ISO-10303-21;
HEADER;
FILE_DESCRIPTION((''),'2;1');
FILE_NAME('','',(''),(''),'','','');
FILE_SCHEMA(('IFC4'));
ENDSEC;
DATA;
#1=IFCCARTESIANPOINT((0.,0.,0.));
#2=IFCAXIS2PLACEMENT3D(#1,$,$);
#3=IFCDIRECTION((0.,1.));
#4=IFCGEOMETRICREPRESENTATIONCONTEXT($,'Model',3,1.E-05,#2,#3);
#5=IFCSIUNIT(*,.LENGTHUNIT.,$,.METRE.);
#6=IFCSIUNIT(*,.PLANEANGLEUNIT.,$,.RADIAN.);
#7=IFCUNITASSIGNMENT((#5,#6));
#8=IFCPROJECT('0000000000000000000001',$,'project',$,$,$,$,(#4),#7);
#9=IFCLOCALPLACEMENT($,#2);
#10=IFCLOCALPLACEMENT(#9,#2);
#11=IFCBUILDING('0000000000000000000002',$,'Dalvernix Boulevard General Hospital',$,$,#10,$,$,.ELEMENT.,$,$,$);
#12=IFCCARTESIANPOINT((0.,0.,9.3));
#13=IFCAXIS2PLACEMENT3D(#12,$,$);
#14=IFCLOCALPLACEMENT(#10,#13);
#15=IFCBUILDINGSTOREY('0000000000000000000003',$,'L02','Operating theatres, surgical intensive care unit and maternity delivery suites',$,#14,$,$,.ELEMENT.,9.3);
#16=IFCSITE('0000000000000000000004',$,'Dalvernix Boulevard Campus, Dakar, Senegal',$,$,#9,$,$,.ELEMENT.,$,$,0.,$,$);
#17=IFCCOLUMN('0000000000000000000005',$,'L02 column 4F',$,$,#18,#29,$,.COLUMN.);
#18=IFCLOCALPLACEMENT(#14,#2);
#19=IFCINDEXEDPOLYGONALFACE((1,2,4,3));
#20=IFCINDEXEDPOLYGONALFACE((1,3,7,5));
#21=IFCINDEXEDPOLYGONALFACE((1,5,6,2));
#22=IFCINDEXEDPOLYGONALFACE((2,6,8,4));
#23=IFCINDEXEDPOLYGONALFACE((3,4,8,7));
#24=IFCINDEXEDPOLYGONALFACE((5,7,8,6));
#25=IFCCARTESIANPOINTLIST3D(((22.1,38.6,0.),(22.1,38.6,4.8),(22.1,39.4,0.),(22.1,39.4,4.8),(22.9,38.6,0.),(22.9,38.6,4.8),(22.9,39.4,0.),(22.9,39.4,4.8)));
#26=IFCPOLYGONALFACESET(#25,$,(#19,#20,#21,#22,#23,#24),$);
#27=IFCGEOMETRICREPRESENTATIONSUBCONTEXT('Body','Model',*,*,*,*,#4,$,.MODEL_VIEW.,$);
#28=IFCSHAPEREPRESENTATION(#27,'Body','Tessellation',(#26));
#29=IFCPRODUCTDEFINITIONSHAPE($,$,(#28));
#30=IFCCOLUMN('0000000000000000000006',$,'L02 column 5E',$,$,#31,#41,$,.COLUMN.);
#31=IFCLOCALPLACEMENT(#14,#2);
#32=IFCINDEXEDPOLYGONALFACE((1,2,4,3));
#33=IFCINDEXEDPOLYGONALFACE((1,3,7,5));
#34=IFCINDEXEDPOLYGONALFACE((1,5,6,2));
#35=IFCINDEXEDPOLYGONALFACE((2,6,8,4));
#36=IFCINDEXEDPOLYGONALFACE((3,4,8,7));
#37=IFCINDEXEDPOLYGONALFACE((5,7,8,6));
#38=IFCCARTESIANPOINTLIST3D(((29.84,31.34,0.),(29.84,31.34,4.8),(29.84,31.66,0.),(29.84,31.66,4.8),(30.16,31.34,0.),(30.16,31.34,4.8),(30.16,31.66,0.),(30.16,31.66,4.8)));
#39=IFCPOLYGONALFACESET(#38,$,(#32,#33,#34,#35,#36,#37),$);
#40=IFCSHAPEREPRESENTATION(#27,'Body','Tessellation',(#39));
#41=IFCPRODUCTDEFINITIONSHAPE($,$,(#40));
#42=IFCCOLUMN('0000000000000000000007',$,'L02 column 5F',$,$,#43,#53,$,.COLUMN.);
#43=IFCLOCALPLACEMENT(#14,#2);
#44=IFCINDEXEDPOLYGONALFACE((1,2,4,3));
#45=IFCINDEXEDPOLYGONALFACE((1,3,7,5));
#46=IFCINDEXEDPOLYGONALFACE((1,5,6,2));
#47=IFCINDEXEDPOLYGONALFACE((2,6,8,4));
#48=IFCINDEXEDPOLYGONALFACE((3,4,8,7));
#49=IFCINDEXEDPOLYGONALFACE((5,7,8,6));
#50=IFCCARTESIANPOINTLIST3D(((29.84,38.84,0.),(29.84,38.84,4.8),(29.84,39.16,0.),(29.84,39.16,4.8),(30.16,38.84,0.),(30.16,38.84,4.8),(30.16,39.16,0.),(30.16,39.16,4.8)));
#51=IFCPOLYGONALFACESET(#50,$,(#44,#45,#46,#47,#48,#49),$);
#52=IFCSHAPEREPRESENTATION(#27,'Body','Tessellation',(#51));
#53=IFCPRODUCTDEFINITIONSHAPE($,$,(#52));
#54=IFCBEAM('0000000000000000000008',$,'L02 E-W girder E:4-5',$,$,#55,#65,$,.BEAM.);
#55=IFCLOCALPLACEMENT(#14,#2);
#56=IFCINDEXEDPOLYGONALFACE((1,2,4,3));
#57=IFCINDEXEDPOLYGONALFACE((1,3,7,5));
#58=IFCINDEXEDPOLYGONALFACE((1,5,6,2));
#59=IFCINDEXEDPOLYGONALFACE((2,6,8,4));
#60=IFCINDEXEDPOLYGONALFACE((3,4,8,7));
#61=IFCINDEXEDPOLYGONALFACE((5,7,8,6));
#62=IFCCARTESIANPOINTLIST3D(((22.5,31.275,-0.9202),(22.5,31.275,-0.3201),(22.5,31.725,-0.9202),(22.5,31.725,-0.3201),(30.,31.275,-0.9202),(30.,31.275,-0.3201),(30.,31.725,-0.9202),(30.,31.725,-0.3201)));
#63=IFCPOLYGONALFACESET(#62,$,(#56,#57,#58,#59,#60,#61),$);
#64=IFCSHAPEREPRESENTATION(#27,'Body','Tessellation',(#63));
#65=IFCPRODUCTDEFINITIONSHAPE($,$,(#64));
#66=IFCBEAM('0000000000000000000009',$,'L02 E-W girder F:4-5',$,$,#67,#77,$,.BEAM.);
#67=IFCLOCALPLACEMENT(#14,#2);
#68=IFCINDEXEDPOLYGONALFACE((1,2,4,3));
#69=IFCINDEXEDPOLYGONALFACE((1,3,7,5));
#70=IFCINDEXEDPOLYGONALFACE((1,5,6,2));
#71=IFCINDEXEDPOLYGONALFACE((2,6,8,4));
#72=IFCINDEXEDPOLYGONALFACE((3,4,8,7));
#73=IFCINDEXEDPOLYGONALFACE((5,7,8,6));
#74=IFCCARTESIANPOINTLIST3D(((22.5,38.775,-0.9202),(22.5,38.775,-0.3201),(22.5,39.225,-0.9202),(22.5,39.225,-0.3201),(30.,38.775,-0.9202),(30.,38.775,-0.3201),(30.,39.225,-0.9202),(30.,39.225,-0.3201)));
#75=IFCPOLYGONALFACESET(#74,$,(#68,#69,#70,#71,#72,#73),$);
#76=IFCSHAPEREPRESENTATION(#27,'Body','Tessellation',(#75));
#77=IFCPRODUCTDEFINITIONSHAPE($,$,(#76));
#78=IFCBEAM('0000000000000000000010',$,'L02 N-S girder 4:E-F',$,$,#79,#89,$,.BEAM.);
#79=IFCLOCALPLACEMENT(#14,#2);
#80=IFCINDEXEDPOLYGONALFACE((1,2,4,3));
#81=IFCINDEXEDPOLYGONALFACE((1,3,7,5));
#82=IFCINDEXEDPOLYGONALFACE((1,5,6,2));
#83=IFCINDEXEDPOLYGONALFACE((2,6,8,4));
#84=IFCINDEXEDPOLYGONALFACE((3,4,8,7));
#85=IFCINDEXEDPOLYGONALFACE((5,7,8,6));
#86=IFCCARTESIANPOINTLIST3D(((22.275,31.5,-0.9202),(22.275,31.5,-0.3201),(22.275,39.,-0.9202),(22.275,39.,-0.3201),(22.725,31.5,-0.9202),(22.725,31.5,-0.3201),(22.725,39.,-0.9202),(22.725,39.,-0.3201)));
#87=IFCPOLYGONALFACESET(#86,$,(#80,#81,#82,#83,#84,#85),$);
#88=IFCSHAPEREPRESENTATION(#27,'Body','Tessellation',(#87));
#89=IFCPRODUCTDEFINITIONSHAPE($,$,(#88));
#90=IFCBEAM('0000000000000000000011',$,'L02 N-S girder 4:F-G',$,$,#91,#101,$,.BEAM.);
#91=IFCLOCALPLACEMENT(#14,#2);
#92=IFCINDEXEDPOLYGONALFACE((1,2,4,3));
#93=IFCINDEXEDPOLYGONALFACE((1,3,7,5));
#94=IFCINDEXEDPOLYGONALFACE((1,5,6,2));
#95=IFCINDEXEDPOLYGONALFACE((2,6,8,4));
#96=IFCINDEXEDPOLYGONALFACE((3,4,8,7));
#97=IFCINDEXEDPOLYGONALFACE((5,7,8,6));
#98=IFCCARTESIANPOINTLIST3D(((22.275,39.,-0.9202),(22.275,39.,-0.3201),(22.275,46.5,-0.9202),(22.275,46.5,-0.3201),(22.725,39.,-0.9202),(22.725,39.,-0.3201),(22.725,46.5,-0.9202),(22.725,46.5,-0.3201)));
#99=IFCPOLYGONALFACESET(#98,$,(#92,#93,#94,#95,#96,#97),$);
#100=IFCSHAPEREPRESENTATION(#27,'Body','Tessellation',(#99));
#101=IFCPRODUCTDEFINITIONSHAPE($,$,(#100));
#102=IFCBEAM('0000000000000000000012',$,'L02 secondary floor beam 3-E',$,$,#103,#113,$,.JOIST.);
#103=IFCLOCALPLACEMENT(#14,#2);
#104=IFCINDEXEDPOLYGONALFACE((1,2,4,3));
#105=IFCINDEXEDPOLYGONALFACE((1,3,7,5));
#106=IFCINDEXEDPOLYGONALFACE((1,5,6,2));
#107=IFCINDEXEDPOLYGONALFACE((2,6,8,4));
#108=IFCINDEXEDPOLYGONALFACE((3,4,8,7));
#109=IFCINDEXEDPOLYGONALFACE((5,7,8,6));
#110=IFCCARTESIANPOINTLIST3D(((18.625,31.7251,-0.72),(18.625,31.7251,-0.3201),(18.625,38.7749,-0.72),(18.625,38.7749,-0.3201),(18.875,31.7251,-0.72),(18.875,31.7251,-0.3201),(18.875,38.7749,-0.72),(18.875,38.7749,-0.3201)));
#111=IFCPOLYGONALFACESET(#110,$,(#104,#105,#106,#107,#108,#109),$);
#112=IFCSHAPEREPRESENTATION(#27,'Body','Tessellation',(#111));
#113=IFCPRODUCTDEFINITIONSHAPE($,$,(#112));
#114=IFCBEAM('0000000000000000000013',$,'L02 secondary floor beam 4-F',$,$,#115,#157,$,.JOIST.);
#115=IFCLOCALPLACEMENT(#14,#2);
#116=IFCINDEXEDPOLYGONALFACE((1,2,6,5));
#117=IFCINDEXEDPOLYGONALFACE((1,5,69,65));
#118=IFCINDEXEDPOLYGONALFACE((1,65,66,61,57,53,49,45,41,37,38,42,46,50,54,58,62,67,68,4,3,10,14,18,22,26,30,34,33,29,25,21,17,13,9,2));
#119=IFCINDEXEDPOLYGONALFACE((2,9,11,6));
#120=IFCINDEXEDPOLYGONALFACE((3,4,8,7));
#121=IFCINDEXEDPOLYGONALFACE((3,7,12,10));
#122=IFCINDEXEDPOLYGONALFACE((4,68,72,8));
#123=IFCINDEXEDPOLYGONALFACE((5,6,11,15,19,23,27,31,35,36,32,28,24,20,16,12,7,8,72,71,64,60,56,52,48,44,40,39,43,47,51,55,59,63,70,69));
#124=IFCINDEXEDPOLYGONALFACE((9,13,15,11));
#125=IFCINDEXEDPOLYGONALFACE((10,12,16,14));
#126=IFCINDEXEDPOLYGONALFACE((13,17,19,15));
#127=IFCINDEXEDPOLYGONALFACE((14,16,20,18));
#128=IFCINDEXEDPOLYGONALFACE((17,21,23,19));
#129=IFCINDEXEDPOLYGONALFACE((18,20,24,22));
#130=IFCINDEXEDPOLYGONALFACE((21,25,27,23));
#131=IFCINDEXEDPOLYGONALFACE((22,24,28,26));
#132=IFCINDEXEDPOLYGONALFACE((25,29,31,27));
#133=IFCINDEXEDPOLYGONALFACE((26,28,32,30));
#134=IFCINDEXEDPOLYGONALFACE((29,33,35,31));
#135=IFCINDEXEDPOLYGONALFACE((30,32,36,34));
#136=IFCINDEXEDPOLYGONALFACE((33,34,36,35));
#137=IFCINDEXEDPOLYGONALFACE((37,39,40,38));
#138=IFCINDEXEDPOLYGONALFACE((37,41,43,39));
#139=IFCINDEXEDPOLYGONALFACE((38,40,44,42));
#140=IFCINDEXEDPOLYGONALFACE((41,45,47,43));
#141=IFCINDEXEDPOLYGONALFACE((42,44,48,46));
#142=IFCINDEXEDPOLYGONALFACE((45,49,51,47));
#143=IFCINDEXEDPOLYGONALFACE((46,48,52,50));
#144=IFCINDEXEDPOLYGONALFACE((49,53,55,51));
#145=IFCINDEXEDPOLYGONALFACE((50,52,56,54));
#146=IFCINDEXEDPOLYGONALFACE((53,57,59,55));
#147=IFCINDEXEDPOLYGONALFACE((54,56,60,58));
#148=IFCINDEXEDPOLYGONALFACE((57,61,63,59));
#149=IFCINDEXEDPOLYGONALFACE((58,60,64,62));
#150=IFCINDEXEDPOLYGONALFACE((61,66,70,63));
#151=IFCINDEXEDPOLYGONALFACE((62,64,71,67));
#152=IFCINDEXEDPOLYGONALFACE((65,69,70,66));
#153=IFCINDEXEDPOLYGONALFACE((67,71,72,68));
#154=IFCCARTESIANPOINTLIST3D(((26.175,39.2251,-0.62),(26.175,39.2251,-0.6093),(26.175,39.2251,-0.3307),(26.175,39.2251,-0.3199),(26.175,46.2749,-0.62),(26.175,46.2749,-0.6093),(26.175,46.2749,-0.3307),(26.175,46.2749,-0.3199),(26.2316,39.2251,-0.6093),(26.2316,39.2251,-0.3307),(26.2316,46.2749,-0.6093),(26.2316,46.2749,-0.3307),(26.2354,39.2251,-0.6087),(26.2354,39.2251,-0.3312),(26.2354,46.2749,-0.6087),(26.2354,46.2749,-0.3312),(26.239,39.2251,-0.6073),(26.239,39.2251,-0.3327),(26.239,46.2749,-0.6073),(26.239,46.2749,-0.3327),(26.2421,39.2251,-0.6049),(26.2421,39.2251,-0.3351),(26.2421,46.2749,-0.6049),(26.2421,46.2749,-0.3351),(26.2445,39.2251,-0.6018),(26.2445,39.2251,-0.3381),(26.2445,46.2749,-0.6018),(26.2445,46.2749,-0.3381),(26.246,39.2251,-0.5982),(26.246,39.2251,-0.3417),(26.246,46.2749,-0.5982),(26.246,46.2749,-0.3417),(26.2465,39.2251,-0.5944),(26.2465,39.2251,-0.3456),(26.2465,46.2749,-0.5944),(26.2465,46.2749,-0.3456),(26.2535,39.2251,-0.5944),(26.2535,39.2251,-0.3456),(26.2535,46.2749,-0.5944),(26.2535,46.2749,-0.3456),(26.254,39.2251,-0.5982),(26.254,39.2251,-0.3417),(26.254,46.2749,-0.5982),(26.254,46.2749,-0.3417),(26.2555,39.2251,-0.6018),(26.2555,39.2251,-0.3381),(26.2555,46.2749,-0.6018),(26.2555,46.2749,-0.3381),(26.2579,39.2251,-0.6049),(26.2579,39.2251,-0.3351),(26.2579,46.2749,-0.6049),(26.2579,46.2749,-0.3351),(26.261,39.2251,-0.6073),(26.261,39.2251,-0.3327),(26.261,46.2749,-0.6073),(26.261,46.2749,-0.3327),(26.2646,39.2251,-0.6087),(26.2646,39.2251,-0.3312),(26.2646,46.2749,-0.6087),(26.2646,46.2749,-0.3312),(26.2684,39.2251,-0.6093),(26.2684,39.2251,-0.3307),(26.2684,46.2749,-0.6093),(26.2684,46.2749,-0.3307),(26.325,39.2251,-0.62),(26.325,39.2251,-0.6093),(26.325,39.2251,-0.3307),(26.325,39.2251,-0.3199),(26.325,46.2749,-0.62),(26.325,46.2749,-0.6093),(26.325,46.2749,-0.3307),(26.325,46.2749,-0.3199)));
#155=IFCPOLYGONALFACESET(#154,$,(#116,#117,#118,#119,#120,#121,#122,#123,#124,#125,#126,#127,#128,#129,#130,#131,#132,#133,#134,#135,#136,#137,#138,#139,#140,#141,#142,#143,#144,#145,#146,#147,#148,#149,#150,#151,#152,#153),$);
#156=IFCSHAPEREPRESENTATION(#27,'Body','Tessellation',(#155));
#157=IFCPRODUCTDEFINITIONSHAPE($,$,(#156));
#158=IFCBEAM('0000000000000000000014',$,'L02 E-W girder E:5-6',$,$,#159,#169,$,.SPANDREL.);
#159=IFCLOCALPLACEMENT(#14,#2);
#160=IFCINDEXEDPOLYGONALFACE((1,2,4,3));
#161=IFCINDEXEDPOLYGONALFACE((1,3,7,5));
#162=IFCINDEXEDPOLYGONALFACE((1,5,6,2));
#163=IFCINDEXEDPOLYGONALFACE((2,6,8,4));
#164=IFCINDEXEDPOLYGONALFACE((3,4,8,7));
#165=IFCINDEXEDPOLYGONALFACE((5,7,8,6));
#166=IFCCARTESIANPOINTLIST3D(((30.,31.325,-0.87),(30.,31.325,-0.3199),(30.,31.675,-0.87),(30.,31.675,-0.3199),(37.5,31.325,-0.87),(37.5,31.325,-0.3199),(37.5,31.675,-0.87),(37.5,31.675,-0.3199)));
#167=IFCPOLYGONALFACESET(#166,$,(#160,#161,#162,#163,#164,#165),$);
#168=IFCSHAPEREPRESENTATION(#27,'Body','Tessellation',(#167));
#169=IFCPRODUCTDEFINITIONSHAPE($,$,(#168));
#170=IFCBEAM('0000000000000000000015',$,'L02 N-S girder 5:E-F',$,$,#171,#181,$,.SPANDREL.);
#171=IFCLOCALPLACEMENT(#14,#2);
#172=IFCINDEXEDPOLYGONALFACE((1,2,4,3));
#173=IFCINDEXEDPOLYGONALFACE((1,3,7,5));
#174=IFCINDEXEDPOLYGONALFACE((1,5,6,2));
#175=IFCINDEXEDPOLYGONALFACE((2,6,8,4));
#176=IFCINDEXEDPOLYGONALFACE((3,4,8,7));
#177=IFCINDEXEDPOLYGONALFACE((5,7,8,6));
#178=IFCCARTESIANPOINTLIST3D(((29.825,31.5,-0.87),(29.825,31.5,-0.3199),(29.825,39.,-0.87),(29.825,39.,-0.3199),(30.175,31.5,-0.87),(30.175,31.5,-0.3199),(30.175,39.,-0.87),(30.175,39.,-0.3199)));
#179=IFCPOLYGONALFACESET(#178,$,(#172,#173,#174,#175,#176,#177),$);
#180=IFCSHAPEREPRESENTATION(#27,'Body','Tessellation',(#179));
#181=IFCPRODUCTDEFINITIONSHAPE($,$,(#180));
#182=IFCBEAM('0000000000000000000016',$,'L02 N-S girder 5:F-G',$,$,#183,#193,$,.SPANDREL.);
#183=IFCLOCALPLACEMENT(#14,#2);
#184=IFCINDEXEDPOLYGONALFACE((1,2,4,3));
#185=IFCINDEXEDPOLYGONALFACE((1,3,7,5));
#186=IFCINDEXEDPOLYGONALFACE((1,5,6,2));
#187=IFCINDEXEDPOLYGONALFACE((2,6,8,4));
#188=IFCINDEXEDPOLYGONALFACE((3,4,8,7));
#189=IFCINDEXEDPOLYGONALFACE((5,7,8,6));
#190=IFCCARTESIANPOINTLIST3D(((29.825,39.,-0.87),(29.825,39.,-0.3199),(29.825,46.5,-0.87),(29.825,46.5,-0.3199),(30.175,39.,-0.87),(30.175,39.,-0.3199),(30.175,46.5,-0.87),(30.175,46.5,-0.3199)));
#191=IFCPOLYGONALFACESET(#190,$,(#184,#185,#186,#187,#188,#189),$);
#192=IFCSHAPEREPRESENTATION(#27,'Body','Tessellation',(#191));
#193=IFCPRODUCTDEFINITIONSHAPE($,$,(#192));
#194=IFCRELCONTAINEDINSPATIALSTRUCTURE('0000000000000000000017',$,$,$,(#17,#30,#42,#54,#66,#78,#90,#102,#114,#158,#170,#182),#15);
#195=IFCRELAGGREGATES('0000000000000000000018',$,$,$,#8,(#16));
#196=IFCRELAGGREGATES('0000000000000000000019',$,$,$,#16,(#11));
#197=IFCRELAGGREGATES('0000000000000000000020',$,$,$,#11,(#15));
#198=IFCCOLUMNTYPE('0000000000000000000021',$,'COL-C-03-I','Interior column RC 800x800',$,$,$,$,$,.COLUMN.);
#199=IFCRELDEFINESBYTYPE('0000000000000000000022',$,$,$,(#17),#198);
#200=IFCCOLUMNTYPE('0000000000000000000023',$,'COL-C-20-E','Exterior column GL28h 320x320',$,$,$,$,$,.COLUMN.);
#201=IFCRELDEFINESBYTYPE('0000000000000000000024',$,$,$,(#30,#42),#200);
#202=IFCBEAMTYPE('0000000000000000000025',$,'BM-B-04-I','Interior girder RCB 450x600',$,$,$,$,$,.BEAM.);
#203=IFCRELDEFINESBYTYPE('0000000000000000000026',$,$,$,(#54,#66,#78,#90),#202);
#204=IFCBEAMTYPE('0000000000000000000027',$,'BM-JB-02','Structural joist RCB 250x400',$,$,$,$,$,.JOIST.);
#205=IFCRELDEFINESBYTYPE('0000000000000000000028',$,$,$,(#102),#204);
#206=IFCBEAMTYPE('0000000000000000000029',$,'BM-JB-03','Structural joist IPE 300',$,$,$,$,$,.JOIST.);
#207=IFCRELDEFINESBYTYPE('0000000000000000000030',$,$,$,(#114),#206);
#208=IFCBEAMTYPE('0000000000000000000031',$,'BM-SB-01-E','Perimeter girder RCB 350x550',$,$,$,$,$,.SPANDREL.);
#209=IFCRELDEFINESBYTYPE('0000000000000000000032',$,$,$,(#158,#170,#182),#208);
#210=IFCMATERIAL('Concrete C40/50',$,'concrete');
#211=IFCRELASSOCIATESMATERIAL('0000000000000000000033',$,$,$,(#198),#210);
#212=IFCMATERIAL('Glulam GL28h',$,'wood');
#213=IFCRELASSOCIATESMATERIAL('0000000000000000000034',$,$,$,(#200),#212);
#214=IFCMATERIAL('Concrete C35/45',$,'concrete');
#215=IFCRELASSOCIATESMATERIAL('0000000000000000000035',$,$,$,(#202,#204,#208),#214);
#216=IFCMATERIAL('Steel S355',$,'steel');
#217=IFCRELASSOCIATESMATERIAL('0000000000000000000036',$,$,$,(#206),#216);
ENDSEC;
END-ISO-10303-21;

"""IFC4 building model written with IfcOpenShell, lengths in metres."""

from ifc_helpers import new_model, si_unit, direction, frame, origin, origin_2d, place, context, subcontext, project, spatial, rectangle, i_section, extrude, material, material_profile, profile_set, type_object, element, save


model = new_model("IFC4")

# Units and contexts
model_context = context("Model", 3, precision=1e-05, world=origin(), true_north=direction((0.0, 1.0)))
body_context = subcontext(model_context, "Body", "Model", "MODEL_VIEW")
ifc_project = project(units=[si_unit("LENGTHUNIT", "METRE"), si_unit("PLANEANGLEUNIT", "RADIAN")], contexts=[model_context])

# Site, building, storey
site_placement = place(None, origin())
site = spatial("IfcSite", under=ifc_project, at=site_placement, Name="Dalvernix Boulevard Campus, Dakar, Senegal", CompositionType="ELEMENT", RefElevation=0.0)
building_placement = place(site_placement, origin())
building = spatial("IfcBuilding", under=site, at=building_placement, Name="Dalvernix Boulevard General Hospital", CompositionType="ELEMENT")
storey_placement = place(building_placement, frame((0.0, 0.0, 9.3)))
storey = spatial("IfcBuildingStorey", under=building, at=storey_placement, Name="L02", Description="Operating theatres, surgical intensive care unit and maternity delivery suites", CompositionType="ELEMENT", Elevation=9.3)

# Columns
ifc_material_1 = material(Name="Concrete C40/50", Category="concrete")
ifc_material_profile_1 = material_profile(ifc_material_1, rectangle(XDim=0.8, YDim=0.8, at=origin_2d()), Name="RC 800x800")
ifc_profile_set_1 = profile_set([ifc_material_profile_1], Name="Concrete C40/50")
column_type_1 = type_object("IfcColumnType", Name="COL-C-03-I", Description="Interior column RC 800x800", PredefinedType="COLUMN", material=ifc_profile_set_1)
column_placement = place(storey_placement, frame((22.5, 39.0, 0.0), z_axis=(0.0, 0.0, 1.0), x_axis=(1.0, 0.0, 0.0)))
element("IfcColumn", 1, at=column_placement, inside=storey, type_object=column_type_1, Name="L02 column 4F", PredefinedType="COLUMN", context=body_context, shape_type="SweptSolid", body=[
    extrude(rectangle(XDim=0.8, YDim=0.8, at=origin_2d()), origin(), (0.0, 0.0, 1.0), 4.8),
])
ifc_material_2 = material(Name="Glulam GL28h", Category="wood")
ifc_material_profile_2 = material_profile(ifc_material_2, rectangle(XDim=0.3201, YDim=0.3201, at=origin_2d()), Name="GL28h 320x320")
ifc_profile_set_2 = profile_set([ifc_material_profile_2], Name="Glulam GL28h")
column_type_2 = type_object("IfcColumnType", Name="COL-C-20-E", Description="Exterior column GL28h 320x320", PredefinedType="COLUMN", material=ifc_profile_set_2)
for number, where, z_axis, x_axis, name in (
    (2, (30.0, 31.5, 0.0), (0.0, 0.0, 1.0), (1.0, 0.0, 0.0), "L02 column 5E"),
    (3, (30.0, 39.0, 0.0), (0.0, 0.0, 1.0), (1.0, 0.0, 0.0), "L02 column 5F"),
):
    element("IfcColumn", number, at=place(storey_placement, frame(where, z_axis=z_axis, x_axis=x_axis)), inside=storey, type_object=column_type_2, Name=name, PredefinedType="COLUMN", context=body_context, shape_type="SweptSolid", body=[
        extrude(rectangle(XDim=0.3201, YDim=0.3201, at=origin_2d()), origin(), (0.0, 0.0, 1.0), 4.8),
    ])

# Beams
ifc_material_3 = material(Name="Concrete C35/45", Category="concrete")
ifc_material_profile_3 = material_profile(ifc_material_3, rectangle(XDim=0.45, YDim=0.6001, at=origin_2d()), Name="RCB 450x600")
ifc_profile_set_3 = profile_set([ifc_material_profile_3], Name="Concrete C35/45")
beam_type_1 = type_object("IfcBeamType", Name="BM-B-04-I", Description="Interior girder RCB 450x600", PredefinedType="BEAM", material=ifc_profile_set_3)
for number, where, z_axis, x_axis, name in (
    (4, (22.5, 31.5, -0.6201), (1.0, 0.0, 0.0), (0.0, 1.0, 0.0), "L02 E-W girder E:4-5"),
    (5, (22.5, 39.0, -0.6201), (1.0, 0.0, 0.0), (0.0, 1.0, 0.0), "L02 E-W girder F:4-5"),
    (6, (22.5, 31.5, -0.6201), (0.0, 1.0, 0.0), (-1.0, 0.0, 0.0), "L02 N-S girder 4:E-F"),
    (7, (22.5, 39.0, -0.6201), (0.0, 1.0, 0.0), (-1.0, 0.0, 0.0), "L02 N-S girder 4:F-G"),
):
    element("IfcBeam", number, at=place(storey_placement, frame(where, z_axis=z_axis, x_axis=x_axis)), inside=storey, type_object=beam_type_1, Name=name, PredefinedType="BEAM", context=body_context, shape_type="SweptSolid", body=[
        extrude(rectangle(XDim=0.45, YDim=0.6001, at=origin_2d()), origin(), (0.0, 0.0, 1.0), 7.5),
    ])
ifc_material_profile_4 = material_profile(ifc_material_3, rectangle(XDim=0.25, YDim=0.3999, at=origin_2d()), Name="RCB 250x400")
ifc_profile_set_4 = profile_set([ifc_material_profile_4], Name="Concrete C35/45")
beam_type_2 = type_object("IfcBeamType", Name="BM-JB-02", Description="Structural joist RCB 250x400", PredefinedType="JOIST", material=ifc_profile_set_4)
beam_1_placement = place(storey_placement, frame((18.75, 31.7251, -0.52), z_axis=(0.0, 1.0, 0.0), x_axis=(-1.0, 0.0, 0.0)))
element("IfcBeam", 8, at=beam_1_placement, inside=storey, type_object=beam_type_2, Name="L02 secondary floor beam 3-E", PredefinedType="JOIST", context=body_context, shape_type="SweptSolid", body=[
    extrude(rectangle(XDim=0.25, YDim=0.3999, at=origin_2d()), origin(), (0.0, 0.0, 1.0), 7.0498),
])
ifc_material_4 = material(Name="Steel S355", Category="steel")
ifc_material_profile_5 = material_profile(ifc_material_4, i_section(OverallWidth=0.1499, OverallDepth=0.3, WebThickness=0.0071, FlangeThickness=0.0107, FilletRadius=0.0149, at=origin_2d()), Name="IPE 300")
ifc_profile_set_5 = profile_set([ifc_material_profile_5], Name="Steel S355")
beam_type_3 = type_object("IfcBeamType", Name="BM-JB-03", Description="Structural joist IPE 300", PredefinedType="JOIST", material=ifc_profile_set_5)
beam_2_placement = place(storey_placement, frame((26.25, 39.2251, -0.47), z_axis=(0.0, 1.0, 0.0), x_axis=(-1.0, 0.0, 0.0)))
element("IfcBeam", 9, at=beam_2_placement, inside=storey, type_object=beam_type_3, Name="L02 secondary floor beam 4-F", PredefinedType="JOIST", context=body_context, shape_type="SweptSolid", body=[
    extrude(i_section(OverallWidth=0.1499, OverallDepth=0.3, WebThickness=0.0071, FlangeThickness=0.0107, FilletRadius=0.0149, at=origin_2d()), origin(), (0.0, 0.0, 1.0), 7.0498),
])
ifc_material_profile_6 = material_profile(ifc_material_3, rectangle(XDim=0.3501, YDim=0.55, at=origin_2d()), Name="RCB 350x550")
ifc_profile_set_6 = profile_set([ifc_material_profile_6], Name="Concrete C35/45")
beam_type_4 = type_object("IfcBeamType", Name="BM-SB-01-E", Description="Perimeter girder RCB 350x550", PredefinedType="SPANDREL", material=ifc_profile_set_6)
for number, where, z_axis, x_axis, name in (
    (10, (30.0, 31.5, -0.595), (1.0, 0.0, 0.0), (0.0, 1.0, 0.0), "L02 E-W girder E:5-6"),
    (11, (30.0, 31.5, -0.595), (0.0, 1.0, 0.0), (-1.0, 0.0, 0.0), "L02 N-S girder 5:E-F"),
    (12, (30.0, 39.0, -0.595), (0.0, 1.0, 0.0), (-1.0, 0.0, 0.0), "L02 N-S girder 5:F-G"),
):
    element("IfcBeam", number, at=place(storey_placement, frame(where, z_axis=z_axis, x_axis=x_axis)), inside=storey, type_object=beam_type_4, Name=name, PredefinedType="SPANDREL", context=body_context, shape_type="SweptSolid", body=[
        extrude(rectangle(XDim=0.3501, YDim=0.55, at=origin_2d()), origin(), (0.0, 0.0, 1.0), 7.5),
    ])

save(model, "model.ifc")
